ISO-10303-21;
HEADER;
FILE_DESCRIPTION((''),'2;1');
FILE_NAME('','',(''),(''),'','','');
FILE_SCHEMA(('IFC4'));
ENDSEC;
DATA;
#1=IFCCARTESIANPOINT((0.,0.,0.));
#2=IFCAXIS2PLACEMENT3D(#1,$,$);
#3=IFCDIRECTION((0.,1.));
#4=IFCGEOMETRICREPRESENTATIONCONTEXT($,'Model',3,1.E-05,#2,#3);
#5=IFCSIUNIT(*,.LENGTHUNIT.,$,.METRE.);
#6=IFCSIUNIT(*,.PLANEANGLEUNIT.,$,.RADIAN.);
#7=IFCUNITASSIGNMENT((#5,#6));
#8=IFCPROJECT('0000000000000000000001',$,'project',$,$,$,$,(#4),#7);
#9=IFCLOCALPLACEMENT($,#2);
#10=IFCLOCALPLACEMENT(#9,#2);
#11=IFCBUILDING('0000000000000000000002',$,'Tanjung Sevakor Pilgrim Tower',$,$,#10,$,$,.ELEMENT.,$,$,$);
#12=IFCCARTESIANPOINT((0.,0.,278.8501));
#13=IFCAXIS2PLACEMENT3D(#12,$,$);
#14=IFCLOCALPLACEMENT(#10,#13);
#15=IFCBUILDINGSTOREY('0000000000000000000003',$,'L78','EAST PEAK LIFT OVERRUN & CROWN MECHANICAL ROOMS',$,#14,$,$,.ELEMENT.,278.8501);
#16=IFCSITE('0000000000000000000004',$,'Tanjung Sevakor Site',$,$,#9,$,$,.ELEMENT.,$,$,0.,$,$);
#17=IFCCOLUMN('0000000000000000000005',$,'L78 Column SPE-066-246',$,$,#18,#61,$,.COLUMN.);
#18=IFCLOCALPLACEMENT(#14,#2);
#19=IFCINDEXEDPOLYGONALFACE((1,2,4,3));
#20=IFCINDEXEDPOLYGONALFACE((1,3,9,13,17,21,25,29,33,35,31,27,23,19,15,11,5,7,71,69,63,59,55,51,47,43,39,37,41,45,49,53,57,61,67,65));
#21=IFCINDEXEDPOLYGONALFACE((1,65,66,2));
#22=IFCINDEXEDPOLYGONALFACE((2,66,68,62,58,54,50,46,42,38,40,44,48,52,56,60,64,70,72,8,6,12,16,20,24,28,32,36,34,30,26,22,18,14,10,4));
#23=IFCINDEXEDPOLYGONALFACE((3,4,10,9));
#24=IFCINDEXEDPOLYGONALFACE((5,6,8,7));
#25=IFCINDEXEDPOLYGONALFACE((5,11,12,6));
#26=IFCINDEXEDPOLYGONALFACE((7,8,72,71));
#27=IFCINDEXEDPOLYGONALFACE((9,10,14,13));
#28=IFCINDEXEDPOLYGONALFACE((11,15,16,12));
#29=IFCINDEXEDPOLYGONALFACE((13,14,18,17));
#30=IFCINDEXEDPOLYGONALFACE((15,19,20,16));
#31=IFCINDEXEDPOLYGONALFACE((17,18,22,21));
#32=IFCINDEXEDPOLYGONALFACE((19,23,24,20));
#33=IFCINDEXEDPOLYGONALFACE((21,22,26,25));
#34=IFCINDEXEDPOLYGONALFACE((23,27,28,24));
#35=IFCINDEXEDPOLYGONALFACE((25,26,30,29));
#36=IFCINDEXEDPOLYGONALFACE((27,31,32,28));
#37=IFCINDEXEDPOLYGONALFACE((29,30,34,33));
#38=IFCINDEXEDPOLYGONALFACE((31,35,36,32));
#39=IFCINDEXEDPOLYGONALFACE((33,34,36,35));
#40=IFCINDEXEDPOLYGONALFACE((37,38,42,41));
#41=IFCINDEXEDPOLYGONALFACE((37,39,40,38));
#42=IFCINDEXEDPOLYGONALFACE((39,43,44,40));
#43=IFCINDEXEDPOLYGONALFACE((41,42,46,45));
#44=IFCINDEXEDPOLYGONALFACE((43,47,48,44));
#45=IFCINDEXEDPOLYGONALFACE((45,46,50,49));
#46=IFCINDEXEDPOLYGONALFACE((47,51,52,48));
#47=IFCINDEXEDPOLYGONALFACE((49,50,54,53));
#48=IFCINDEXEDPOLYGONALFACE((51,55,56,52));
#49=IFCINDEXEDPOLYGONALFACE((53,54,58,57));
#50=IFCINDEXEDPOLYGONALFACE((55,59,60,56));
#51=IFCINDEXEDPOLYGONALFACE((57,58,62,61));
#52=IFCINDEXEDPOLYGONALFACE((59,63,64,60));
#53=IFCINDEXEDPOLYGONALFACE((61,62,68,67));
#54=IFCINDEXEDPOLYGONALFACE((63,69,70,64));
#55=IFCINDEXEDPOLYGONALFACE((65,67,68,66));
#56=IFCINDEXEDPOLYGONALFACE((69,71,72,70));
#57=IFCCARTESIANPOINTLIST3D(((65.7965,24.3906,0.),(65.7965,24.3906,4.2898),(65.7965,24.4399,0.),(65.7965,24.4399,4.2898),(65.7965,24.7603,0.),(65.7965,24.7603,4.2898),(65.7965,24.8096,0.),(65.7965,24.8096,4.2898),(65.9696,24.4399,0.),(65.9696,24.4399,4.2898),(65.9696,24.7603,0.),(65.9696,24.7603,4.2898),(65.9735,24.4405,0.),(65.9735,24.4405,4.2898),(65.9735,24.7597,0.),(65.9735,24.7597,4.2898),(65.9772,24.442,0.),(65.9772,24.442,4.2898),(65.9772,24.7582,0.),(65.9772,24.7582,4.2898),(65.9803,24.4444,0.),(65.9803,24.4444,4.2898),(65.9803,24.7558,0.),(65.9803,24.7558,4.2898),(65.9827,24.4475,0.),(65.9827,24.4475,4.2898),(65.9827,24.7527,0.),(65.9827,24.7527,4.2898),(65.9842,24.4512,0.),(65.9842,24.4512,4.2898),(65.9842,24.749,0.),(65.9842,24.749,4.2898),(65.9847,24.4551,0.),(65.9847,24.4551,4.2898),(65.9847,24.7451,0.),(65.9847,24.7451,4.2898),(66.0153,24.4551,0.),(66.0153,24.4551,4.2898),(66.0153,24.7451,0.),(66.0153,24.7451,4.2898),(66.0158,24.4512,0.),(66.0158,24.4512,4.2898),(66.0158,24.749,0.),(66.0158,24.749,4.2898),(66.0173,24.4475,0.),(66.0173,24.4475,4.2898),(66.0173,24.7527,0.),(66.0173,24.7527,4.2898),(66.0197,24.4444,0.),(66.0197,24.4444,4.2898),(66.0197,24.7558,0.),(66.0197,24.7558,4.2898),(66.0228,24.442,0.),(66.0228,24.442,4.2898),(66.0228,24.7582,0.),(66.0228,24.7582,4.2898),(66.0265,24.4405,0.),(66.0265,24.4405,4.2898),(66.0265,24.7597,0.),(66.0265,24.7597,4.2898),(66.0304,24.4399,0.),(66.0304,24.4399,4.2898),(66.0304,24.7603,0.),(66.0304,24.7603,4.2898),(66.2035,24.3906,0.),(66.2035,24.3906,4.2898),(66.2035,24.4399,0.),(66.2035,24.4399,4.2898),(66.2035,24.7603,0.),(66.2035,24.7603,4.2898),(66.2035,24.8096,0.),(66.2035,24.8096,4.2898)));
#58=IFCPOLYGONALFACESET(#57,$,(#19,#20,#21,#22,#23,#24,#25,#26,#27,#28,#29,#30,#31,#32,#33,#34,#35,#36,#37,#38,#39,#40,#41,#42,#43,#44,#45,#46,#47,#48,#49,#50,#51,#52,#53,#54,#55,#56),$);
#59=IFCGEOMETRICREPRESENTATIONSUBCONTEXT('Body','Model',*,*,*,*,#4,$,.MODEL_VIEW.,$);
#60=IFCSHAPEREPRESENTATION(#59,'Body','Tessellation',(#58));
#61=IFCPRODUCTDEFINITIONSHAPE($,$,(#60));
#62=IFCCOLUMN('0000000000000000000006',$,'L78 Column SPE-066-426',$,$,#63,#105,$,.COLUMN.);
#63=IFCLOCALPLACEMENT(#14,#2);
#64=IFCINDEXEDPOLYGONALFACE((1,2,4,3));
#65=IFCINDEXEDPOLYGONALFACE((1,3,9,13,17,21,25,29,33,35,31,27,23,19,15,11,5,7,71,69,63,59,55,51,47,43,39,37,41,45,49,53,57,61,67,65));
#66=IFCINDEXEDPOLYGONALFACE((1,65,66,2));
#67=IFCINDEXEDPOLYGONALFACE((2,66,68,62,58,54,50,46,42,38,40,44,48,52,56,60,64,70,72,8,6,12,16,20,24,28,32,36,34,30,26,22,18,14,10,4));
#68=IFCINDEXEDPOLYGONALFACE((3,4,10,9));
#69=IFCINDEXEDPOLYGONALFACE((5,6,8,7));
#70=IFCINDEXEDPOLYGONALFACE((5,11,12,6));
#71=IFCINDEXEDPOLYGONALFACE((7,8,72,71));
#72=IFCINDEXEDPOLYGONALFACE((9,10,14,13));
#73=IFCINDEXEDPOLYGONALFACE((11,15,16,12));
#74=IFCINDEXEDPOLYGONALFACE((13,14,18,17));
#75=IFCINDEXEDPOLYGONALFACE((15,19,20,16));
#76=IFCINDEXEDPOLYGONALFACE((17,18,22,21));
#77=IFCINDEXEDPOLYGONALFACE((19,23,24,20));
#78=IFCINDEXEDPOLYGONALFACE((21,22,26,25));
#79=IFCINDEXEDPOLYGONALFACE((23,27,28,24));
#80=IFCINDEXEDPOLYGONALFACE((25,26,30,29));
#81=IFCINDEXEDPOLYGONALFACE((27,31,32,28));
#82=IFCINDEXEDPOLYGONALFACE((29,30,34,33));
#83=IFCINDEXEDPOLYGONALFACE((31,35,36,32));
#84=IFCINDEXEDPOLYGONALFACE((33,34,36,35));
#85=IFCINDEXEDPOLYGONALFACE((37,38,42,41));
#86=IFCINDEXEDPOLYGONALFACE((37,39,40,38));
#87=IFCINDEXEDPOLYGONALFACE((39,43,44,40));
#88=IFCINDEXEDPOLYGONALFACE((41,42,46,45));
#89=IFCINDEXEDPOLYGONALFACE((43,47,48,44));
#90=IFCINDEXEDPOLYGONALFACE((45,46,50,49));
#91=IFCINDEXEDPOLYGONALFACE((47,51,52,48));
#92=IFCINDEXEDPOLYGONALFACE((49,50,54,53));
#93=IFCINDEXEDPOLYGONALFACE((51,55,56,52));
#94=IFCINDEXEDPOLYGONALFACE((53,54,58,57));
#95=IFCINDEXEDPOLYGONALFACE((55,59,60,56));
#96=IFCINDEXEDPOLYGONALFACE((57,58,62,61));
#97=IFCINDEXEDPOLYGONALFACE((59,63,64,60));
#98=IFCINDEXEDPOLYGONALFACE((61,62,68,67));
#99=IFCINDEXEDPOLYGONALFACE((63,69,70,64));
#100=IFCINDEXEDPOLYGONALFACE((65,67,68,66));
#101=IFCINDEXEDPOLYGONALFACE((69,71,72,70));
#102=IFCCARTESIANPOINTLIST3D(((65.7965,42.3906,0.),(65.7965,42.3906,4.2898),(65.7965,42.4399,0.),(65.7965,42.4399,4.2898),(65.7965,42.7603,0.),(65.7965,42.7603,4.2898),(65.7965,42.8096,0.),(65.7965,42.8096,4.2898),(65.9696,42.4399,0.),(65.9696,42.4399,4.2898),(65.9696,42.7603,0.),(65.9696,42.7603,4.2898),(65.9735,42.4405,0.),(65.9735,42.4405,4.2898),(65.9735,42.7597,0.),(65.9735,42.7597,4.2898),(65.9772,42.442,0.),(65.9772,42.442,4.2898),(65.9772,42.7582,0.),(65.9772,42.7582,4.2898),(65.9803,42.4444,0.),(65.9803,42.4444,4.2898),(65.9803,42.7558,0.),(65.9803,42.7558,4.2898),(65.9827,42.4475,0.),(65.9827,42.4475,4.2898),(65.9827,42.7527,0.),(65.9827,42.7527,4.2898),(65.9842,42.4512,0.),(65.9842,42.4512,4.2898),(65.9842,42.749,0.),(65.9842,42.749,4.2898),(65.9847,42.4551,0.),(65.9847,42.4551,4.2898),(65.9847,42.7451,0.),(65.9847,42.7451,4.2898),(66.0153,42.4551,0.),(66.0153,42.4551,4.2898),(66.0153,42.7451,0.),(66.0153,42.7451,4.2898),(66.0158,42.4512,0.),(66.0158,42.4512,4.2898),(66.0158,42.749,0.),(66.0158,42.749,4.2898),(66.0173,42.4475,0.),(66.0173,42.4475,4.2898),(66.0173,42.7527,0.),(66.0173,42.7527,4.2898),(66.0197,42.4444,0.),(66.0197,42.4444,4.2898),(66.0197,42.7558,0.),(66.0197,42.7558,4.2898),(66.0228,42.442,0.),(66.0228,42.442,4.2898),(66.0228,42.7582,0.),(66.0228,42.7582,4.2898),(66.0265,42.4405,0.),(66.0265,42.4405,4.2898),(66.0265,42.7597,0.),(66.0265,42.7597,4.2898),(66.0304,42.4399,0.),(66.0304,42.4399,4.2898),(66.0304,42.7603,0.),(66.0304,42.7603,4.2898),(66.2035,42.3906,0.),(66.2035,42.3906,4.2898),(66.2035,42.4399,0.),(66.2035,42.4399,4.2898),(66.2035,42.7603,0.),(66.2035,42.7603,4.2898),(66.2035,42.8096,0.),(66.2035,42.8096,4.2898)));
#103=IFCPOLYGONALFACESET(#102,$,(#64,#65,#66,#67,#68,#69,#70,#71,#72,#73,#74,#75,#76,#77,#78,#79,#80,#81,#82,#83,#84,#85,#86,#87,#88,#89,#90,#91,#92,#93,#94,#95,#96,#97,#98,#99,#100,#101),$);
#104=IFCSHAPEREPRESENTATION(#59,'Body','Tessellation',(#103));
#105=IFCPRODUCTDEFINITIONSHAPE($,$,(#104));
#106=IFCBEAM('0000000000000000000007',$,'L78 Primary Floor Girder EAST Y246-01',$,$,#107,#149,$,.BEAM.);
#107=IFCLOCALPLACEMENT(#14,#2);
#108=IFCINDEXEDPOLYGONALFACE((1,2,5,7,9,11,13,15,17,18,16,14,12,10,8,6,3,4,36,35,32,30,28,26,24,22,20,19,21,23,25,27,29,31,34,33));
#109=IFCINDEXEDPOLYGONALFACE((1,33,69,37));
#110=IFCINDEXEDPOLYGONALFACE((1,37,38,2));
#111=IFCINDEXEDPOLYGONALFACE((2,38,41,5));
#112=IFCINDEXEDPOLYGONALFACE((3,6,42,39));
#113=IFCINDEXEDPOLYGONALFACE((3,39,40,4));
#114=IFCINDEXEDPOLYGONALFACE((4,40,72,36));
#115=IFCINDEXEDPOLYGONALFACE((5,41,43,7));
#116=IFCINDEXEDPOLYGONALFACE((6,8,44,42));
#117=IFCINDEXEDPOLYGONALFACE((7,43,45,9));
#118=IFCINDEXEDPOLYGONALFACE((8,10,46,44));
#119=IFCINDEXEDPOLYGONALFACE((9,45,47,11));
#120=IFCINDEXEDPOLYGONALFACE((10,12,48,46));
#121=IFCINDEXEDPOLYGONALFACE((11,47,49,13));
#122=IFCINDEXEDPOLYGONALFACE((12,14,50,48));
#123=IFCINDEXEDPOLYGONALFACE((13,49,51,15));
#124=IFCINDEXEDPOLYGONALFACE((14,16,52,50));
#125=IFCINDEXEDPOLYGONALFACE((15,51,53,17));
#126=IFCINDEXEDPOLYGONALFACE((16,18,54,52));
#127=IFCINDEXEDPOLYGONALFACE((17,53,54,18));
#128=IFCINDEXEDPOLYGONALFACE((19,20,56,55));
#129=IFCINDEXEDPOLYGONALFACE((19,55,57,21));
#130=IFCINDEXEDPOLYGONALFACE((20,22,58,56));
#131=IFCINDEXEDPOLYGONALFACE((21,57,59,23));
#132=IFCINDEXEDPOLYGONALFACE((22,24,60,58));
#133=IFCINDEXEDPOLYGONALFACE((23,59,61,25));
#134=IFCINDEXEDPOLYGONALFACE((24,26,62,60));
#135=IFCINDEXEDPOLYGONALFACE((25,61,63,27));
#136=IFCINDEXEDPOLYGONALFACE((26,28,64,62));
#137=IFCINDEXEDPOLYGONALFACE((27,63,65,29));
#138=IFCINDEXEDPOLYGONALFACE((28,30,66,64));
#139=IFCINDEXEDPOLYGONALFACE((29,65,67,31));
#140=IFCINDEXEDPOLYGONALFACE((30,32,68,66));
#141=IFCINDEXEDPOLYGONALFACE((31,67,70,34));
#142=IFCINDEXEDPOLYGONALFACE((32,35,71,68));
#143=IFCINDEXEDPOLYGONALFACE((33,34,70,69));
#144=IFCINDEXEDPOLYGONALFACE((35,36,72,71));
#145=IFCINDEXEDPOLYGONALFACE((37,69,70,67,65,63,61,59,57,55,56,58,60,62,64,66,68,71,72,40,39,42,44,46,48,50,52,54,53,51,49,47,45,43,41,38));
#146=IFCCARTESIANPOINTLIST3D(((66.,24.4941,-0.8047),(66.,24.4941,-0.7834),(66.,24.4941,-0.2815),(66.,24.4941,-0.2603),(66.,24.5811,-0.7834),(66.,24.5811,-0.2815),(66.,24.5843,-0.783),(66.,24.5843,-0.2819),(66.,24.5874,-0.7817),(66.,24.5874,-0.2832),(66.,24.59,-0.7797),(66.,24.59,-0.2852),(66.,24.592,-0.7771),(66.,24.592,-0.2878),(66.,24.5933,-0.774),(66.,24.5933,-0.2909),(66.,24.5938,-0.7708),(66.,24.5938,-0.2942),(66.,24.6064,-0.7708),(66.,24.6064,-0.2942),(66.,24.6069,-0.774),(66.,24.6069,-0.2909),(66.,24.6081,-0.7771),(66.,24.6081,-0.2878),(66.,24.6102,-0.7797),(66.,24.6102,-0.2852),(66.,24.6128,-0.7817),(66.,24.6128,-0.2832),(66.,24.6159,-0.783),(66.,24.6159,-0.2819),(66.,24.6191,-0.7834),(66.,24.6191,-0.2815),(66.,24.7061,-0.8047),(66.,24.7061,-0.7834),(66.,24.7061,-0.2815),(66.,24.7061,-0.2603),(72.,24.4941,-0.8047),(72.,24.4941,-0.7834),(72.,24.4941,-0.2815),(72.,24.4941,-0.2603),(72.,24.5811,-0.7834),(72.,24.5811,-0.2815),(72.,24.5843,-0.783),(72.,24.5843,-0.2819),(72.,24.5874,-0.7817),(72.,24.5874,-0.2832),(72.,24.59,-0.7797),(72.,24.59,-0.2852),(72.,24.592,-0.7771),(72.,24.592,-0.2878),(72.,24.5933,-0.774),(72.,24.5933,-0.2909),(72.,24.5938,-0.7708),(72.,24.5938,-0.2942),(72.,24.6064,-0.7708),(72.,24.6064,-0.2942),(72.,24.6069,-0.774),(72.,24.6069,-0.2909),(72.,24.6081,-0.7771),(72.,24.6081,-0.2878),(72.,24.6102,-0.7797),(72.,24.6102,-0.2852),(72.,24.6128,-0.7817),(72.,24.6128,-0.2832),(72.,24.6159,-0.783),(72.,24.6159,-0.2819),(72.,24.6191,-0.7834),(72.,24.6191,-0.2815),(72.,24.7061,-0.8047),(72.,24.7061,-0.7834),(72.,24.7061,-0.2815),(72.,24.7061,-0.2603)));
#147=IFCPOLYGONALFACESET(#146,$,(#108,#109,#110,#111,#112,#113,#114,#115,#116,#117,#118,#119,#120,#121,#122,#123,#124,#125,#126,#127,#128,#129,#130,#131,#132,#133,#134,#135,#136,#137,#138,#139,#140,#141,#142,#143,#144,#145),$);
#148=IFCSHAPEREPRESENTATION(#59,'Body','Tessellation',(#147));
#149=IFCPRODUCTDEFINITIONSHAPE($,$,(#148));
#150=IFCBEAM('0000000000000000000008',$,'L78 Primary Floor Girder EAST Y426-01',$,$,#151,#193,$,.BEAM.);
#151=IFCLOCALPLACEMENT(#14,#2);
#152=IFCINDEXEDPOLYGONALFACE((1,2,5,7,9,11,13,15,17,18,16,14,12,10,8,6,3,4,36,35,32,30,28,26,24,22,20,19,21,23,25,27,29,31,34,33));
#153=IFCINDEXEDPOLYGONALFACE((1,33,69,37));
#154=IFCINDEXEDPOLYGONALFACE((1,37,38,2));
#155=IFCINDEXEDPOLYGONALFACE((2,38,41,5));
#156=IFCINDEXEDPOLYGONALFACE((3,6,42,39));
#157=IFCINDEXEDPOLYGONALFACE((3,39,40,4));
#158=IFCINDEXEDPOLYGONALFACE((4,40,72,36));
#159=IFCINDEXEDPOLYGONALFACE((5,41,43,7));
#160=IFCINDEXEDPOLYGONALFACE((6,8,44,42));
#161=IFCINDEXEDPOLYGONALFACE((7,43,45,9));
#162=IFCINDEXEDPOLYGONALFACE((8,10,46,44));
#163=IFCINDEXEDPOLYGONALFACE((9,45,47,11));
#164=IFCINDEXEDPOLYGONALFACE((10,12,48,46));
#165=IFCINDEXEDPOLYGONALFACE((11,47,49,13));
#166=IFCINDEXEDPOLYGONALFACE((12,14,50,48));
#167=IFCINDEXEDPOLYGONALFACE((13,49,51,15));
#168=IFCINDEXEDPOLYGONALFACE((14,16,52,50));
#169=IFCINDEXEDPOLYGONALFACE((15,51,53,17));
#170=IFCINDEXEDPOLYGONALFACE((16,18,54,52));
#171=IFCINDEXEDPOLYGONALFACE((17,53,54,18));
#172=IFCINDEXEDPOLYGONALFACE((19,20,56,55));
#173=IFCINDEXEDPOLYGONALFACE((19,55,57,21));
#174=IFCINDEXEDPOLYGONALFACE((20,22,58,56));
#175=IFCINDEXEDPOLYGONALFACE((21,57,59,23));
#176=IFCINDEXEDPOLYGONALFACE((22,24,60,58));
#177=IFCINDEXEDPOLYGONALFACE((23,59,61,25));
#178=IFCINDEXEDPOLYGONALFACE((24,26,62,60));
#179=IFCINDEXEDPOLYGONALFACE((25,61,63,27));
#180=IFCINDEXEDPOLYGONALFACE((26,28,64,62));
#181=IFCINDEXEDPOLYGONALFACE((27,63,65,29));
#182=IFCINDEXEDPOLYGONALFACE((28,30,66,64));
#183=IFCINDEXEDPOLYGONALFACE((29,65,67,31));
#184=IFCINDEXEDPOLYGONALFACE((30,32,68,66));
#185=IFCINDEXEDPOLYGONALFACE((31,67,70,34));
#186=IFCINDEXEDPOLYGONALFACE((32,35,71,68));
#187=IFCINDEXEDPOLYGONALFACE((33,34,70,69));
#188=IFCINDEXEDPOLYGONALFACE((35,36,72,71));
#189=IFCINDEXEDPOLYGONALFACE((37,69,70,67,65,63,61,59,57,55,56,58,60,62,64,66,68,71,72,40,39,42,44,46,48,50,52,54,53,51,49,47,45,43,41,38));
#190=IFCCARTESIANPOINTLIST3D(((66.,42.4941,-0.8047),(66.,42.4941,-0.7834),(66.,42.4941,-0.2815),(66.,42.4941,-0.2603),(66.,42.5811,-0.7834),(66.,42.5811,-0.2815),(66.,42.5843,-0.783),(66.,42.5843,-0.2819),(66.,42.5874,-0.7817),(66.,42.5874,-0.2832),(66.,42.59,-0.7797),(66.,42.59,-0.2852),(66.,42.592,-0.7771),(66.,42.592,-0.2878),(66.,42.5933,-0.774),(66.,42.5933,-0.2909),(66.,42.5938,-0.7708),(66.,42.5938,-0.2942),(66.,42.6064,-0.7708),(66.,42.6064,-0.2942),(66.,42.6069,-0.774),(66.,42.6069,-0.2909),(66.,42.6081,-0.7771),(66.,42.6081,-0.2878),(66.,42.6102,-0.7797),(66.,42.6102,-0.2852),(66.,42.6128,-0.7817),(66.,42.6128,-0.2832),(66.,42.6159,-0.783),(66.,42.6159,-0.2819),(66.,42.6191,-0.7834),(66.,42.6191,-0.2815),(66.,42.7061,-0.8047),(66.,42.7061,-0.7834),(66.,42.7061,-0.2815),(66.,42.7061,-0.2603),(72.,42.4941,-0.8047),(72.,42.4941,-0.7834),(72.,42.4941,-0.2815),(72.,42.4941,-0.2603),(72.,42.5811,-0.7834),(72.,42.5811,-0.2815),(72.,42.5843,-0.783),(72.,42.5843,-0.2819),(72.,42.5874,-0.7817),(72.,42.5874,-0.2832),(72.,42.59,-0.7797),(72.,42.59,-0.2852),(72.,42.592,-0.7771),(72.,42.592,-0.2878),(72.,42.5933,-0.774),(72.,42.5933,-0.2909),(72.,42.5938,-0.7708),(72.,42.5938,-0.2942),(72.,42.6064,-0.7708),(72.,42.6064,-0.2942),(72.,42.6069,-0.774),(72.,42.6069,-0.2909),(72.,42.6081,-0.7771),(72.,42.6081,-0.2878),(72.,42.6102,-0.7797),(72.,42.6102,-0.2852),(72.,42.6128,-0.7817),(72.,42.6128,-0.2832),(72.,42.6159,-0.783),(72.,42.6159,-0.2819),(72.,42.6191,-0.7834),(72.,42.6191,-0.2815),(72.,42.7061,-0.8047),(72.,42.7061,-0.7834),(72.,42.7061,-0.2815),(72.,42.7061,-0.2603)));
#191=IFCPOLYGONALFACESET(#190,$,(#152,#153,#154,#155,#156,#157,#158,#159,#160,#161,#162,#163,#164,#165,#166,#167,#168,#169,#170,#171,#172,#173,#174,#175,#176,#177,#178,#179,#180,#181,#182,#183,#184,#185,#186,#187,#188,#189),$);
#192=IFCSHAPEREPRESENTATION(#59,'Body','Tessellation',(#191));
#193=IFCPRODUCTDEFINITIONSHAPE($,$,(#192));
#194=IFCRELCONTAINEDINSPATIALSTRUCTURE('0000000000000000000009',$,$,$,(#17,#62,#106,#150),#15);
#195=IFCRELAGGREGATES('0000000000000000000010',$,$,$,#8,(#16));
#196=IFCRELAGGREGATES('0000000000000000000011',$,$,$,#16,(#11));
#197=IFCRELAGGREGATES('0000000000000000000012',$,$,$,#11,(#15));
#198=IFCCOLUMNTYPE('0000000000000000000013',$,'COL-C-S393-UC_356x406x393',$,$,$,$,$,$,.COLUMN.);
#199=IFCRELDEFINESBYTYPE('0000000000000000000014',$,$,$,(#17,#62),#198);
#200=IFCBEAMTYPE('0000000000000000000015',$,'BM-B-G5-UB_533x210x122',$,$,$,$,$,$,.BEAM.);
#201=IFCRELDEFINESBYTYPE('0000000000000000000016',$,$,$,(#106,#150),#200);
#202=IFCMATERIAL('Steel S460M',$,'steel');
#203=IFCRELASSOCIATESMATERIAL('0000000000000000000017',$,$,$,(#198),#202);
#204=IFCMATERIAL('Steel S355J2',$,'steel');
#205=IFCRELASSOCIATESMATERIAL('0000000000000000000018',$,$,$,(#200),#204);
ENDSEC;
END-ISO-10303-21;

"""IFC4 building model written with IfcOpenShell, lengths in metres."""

from ifc_helpers import new_model, si_unit, direction, frame, origin, origin_2d, place, context, subcontext, project, spatial, i_section, extrude, material, material_profile, profile_set, type_object, element, save


model = new_model("IFC4")

# Units and contexts
model_context = context("Model", 3, precision=1e-05, world=origin(), true_north=direction((0.0, 1.0)))
body_context = subcontext(model_context, "Body", "Model", "MODEL_VIEW")
ifc_project = project(units=[si_unit("LENGTHUNIT", "METRE"), si_unit("PLANEANGLEUNIT", "RADIAN")], contexts=[model_context])

# Site, building, storey
site_placement = place(None, origin())
site = spatial("IfcSite", under=ifc_project, at=site_placement, Name="Tanjung Sevakor Site", CompositionType="ELEMENT", RefElevation=0.0)
building_placement = place(site_placement, origin())
building = spatial("IfcBuilding", under=site, at=building_placement, Name="Tanjung Sevakor Pilgrim Tower", CompositionType="ELEMENT")
storey_placement = place(building_placement, frame((0.0, 0.0, 278.8501)))
storey = spatial("IfcBuildingStorey", under=building, at=storey_placement, Name="L78", Description="EAST PEAK LIFT OVERRUN & CROWN MECHANICAL ROOMS", CompositionType="ELEMENT", Elevation=278.8501)

# Columns
ifc_material_1 = material(Name="Steel S460M", Category="steel")
ifc_material_profile_1 = material_profile(ifc_material_1, i_section(OverallWidth=0.407, OverallDepth=0.4189, WebThickness=0.0305, FlangeThickness=0.0493, FilletRadius=0.0151, at=origin_2d()))
ifc_profile_set_1 = profile_set([ifc_material_profile_1], Name="Steel S460M")
column_type = type_object("IfcColumnType", Name="COL-C-S393-UC_356x406x393", PredefinedType="COLUMN", material=ifc_profile_set_1)
for number, where, z_axis, x_axis, name in (
    (1, (66.0, 24.6001, 0.0), (0.0, 0.0, 1.0), (1.0, 0.0, 0.0), "L78 Column SPE-066-246"),
    (2, (66.0, 42.6001, 0.0), (0.0, 0.0, 1.0), (1.0, 0.0, 0.0), "L78 Column SPE-066-426"),
):
    element("IfcColumn", number, at=place(storey_placement, frame(where, z_axis=z_axis, x_axis=x_axis)), inside=storey, type_object=column_type, Name=name, PredefinedType="COLUMN", context=body_context, shape_type="SweptSolid", body=[
        extrude(i_section(OverallWidth=0.407, OverallDepth=0.4189, WebThickness=0.0305, FlangeThickness=0.0493, FilletRadius=0.0151, at=origin_2d()), origin(), (0.0, 0.0, 1.0), 4.2898),
    ])

# Beams
ifc_material_2 = material(Name="Steel S355J2", Category="steel")
ifc_material_profile_2 = material_profile(ifc_material_2, i_section(OverallWidth=0.2119, OverallDepth=0.5444, WebThickness=0.0127, FlangeThickness=0.0212, FilletRadius=0.0127, at=origin_2d()))
ifc_profile_set_2 = profile_set([ifc_material_profile_2], Name="Steel S355J2")
beam_type_1 = type_object("IfcBeamType", Name="BM-B-G5-UB_533x210x122", PredefinedType="BEAM", material=ifc_profile_set_2)
for number, where, z_axis, x_axis, name in (
    (3, (66.0, 24.6001, -0.5325), (1.0, 0.0, 0.0), (0.0, 1.0, 0.0), "L78 Primary Floor Girder EAST Y246-01"),
    (4, (66.0, 42.6001, -0.5325), (1.0, 0.0, 0.0), (0.0, 1.0, 0.0), "L78 Primary Floor Girder EAST Y426-01"),
):
    element("IfcBeam", number, at=place(storey_placement, frame(where, z_axis=z_axis, x_axis=x_axis)), inside=storey, type_object=beam_type_1, Name=name, PredefinedType="BEAM", context=body_context, shape_type="SweptSolid", body=[
        extrude(i_section(OverallWidth=0.2119, OverallDepth=0.5444, WebThickness=0.0127, FlangeThickness=0.0212, FilletRadius=0.0127, at=origin_2d()), origin(), (0.0, 0.0, 1.0), 6.0),
    ])

save(model, "model.ifc")
